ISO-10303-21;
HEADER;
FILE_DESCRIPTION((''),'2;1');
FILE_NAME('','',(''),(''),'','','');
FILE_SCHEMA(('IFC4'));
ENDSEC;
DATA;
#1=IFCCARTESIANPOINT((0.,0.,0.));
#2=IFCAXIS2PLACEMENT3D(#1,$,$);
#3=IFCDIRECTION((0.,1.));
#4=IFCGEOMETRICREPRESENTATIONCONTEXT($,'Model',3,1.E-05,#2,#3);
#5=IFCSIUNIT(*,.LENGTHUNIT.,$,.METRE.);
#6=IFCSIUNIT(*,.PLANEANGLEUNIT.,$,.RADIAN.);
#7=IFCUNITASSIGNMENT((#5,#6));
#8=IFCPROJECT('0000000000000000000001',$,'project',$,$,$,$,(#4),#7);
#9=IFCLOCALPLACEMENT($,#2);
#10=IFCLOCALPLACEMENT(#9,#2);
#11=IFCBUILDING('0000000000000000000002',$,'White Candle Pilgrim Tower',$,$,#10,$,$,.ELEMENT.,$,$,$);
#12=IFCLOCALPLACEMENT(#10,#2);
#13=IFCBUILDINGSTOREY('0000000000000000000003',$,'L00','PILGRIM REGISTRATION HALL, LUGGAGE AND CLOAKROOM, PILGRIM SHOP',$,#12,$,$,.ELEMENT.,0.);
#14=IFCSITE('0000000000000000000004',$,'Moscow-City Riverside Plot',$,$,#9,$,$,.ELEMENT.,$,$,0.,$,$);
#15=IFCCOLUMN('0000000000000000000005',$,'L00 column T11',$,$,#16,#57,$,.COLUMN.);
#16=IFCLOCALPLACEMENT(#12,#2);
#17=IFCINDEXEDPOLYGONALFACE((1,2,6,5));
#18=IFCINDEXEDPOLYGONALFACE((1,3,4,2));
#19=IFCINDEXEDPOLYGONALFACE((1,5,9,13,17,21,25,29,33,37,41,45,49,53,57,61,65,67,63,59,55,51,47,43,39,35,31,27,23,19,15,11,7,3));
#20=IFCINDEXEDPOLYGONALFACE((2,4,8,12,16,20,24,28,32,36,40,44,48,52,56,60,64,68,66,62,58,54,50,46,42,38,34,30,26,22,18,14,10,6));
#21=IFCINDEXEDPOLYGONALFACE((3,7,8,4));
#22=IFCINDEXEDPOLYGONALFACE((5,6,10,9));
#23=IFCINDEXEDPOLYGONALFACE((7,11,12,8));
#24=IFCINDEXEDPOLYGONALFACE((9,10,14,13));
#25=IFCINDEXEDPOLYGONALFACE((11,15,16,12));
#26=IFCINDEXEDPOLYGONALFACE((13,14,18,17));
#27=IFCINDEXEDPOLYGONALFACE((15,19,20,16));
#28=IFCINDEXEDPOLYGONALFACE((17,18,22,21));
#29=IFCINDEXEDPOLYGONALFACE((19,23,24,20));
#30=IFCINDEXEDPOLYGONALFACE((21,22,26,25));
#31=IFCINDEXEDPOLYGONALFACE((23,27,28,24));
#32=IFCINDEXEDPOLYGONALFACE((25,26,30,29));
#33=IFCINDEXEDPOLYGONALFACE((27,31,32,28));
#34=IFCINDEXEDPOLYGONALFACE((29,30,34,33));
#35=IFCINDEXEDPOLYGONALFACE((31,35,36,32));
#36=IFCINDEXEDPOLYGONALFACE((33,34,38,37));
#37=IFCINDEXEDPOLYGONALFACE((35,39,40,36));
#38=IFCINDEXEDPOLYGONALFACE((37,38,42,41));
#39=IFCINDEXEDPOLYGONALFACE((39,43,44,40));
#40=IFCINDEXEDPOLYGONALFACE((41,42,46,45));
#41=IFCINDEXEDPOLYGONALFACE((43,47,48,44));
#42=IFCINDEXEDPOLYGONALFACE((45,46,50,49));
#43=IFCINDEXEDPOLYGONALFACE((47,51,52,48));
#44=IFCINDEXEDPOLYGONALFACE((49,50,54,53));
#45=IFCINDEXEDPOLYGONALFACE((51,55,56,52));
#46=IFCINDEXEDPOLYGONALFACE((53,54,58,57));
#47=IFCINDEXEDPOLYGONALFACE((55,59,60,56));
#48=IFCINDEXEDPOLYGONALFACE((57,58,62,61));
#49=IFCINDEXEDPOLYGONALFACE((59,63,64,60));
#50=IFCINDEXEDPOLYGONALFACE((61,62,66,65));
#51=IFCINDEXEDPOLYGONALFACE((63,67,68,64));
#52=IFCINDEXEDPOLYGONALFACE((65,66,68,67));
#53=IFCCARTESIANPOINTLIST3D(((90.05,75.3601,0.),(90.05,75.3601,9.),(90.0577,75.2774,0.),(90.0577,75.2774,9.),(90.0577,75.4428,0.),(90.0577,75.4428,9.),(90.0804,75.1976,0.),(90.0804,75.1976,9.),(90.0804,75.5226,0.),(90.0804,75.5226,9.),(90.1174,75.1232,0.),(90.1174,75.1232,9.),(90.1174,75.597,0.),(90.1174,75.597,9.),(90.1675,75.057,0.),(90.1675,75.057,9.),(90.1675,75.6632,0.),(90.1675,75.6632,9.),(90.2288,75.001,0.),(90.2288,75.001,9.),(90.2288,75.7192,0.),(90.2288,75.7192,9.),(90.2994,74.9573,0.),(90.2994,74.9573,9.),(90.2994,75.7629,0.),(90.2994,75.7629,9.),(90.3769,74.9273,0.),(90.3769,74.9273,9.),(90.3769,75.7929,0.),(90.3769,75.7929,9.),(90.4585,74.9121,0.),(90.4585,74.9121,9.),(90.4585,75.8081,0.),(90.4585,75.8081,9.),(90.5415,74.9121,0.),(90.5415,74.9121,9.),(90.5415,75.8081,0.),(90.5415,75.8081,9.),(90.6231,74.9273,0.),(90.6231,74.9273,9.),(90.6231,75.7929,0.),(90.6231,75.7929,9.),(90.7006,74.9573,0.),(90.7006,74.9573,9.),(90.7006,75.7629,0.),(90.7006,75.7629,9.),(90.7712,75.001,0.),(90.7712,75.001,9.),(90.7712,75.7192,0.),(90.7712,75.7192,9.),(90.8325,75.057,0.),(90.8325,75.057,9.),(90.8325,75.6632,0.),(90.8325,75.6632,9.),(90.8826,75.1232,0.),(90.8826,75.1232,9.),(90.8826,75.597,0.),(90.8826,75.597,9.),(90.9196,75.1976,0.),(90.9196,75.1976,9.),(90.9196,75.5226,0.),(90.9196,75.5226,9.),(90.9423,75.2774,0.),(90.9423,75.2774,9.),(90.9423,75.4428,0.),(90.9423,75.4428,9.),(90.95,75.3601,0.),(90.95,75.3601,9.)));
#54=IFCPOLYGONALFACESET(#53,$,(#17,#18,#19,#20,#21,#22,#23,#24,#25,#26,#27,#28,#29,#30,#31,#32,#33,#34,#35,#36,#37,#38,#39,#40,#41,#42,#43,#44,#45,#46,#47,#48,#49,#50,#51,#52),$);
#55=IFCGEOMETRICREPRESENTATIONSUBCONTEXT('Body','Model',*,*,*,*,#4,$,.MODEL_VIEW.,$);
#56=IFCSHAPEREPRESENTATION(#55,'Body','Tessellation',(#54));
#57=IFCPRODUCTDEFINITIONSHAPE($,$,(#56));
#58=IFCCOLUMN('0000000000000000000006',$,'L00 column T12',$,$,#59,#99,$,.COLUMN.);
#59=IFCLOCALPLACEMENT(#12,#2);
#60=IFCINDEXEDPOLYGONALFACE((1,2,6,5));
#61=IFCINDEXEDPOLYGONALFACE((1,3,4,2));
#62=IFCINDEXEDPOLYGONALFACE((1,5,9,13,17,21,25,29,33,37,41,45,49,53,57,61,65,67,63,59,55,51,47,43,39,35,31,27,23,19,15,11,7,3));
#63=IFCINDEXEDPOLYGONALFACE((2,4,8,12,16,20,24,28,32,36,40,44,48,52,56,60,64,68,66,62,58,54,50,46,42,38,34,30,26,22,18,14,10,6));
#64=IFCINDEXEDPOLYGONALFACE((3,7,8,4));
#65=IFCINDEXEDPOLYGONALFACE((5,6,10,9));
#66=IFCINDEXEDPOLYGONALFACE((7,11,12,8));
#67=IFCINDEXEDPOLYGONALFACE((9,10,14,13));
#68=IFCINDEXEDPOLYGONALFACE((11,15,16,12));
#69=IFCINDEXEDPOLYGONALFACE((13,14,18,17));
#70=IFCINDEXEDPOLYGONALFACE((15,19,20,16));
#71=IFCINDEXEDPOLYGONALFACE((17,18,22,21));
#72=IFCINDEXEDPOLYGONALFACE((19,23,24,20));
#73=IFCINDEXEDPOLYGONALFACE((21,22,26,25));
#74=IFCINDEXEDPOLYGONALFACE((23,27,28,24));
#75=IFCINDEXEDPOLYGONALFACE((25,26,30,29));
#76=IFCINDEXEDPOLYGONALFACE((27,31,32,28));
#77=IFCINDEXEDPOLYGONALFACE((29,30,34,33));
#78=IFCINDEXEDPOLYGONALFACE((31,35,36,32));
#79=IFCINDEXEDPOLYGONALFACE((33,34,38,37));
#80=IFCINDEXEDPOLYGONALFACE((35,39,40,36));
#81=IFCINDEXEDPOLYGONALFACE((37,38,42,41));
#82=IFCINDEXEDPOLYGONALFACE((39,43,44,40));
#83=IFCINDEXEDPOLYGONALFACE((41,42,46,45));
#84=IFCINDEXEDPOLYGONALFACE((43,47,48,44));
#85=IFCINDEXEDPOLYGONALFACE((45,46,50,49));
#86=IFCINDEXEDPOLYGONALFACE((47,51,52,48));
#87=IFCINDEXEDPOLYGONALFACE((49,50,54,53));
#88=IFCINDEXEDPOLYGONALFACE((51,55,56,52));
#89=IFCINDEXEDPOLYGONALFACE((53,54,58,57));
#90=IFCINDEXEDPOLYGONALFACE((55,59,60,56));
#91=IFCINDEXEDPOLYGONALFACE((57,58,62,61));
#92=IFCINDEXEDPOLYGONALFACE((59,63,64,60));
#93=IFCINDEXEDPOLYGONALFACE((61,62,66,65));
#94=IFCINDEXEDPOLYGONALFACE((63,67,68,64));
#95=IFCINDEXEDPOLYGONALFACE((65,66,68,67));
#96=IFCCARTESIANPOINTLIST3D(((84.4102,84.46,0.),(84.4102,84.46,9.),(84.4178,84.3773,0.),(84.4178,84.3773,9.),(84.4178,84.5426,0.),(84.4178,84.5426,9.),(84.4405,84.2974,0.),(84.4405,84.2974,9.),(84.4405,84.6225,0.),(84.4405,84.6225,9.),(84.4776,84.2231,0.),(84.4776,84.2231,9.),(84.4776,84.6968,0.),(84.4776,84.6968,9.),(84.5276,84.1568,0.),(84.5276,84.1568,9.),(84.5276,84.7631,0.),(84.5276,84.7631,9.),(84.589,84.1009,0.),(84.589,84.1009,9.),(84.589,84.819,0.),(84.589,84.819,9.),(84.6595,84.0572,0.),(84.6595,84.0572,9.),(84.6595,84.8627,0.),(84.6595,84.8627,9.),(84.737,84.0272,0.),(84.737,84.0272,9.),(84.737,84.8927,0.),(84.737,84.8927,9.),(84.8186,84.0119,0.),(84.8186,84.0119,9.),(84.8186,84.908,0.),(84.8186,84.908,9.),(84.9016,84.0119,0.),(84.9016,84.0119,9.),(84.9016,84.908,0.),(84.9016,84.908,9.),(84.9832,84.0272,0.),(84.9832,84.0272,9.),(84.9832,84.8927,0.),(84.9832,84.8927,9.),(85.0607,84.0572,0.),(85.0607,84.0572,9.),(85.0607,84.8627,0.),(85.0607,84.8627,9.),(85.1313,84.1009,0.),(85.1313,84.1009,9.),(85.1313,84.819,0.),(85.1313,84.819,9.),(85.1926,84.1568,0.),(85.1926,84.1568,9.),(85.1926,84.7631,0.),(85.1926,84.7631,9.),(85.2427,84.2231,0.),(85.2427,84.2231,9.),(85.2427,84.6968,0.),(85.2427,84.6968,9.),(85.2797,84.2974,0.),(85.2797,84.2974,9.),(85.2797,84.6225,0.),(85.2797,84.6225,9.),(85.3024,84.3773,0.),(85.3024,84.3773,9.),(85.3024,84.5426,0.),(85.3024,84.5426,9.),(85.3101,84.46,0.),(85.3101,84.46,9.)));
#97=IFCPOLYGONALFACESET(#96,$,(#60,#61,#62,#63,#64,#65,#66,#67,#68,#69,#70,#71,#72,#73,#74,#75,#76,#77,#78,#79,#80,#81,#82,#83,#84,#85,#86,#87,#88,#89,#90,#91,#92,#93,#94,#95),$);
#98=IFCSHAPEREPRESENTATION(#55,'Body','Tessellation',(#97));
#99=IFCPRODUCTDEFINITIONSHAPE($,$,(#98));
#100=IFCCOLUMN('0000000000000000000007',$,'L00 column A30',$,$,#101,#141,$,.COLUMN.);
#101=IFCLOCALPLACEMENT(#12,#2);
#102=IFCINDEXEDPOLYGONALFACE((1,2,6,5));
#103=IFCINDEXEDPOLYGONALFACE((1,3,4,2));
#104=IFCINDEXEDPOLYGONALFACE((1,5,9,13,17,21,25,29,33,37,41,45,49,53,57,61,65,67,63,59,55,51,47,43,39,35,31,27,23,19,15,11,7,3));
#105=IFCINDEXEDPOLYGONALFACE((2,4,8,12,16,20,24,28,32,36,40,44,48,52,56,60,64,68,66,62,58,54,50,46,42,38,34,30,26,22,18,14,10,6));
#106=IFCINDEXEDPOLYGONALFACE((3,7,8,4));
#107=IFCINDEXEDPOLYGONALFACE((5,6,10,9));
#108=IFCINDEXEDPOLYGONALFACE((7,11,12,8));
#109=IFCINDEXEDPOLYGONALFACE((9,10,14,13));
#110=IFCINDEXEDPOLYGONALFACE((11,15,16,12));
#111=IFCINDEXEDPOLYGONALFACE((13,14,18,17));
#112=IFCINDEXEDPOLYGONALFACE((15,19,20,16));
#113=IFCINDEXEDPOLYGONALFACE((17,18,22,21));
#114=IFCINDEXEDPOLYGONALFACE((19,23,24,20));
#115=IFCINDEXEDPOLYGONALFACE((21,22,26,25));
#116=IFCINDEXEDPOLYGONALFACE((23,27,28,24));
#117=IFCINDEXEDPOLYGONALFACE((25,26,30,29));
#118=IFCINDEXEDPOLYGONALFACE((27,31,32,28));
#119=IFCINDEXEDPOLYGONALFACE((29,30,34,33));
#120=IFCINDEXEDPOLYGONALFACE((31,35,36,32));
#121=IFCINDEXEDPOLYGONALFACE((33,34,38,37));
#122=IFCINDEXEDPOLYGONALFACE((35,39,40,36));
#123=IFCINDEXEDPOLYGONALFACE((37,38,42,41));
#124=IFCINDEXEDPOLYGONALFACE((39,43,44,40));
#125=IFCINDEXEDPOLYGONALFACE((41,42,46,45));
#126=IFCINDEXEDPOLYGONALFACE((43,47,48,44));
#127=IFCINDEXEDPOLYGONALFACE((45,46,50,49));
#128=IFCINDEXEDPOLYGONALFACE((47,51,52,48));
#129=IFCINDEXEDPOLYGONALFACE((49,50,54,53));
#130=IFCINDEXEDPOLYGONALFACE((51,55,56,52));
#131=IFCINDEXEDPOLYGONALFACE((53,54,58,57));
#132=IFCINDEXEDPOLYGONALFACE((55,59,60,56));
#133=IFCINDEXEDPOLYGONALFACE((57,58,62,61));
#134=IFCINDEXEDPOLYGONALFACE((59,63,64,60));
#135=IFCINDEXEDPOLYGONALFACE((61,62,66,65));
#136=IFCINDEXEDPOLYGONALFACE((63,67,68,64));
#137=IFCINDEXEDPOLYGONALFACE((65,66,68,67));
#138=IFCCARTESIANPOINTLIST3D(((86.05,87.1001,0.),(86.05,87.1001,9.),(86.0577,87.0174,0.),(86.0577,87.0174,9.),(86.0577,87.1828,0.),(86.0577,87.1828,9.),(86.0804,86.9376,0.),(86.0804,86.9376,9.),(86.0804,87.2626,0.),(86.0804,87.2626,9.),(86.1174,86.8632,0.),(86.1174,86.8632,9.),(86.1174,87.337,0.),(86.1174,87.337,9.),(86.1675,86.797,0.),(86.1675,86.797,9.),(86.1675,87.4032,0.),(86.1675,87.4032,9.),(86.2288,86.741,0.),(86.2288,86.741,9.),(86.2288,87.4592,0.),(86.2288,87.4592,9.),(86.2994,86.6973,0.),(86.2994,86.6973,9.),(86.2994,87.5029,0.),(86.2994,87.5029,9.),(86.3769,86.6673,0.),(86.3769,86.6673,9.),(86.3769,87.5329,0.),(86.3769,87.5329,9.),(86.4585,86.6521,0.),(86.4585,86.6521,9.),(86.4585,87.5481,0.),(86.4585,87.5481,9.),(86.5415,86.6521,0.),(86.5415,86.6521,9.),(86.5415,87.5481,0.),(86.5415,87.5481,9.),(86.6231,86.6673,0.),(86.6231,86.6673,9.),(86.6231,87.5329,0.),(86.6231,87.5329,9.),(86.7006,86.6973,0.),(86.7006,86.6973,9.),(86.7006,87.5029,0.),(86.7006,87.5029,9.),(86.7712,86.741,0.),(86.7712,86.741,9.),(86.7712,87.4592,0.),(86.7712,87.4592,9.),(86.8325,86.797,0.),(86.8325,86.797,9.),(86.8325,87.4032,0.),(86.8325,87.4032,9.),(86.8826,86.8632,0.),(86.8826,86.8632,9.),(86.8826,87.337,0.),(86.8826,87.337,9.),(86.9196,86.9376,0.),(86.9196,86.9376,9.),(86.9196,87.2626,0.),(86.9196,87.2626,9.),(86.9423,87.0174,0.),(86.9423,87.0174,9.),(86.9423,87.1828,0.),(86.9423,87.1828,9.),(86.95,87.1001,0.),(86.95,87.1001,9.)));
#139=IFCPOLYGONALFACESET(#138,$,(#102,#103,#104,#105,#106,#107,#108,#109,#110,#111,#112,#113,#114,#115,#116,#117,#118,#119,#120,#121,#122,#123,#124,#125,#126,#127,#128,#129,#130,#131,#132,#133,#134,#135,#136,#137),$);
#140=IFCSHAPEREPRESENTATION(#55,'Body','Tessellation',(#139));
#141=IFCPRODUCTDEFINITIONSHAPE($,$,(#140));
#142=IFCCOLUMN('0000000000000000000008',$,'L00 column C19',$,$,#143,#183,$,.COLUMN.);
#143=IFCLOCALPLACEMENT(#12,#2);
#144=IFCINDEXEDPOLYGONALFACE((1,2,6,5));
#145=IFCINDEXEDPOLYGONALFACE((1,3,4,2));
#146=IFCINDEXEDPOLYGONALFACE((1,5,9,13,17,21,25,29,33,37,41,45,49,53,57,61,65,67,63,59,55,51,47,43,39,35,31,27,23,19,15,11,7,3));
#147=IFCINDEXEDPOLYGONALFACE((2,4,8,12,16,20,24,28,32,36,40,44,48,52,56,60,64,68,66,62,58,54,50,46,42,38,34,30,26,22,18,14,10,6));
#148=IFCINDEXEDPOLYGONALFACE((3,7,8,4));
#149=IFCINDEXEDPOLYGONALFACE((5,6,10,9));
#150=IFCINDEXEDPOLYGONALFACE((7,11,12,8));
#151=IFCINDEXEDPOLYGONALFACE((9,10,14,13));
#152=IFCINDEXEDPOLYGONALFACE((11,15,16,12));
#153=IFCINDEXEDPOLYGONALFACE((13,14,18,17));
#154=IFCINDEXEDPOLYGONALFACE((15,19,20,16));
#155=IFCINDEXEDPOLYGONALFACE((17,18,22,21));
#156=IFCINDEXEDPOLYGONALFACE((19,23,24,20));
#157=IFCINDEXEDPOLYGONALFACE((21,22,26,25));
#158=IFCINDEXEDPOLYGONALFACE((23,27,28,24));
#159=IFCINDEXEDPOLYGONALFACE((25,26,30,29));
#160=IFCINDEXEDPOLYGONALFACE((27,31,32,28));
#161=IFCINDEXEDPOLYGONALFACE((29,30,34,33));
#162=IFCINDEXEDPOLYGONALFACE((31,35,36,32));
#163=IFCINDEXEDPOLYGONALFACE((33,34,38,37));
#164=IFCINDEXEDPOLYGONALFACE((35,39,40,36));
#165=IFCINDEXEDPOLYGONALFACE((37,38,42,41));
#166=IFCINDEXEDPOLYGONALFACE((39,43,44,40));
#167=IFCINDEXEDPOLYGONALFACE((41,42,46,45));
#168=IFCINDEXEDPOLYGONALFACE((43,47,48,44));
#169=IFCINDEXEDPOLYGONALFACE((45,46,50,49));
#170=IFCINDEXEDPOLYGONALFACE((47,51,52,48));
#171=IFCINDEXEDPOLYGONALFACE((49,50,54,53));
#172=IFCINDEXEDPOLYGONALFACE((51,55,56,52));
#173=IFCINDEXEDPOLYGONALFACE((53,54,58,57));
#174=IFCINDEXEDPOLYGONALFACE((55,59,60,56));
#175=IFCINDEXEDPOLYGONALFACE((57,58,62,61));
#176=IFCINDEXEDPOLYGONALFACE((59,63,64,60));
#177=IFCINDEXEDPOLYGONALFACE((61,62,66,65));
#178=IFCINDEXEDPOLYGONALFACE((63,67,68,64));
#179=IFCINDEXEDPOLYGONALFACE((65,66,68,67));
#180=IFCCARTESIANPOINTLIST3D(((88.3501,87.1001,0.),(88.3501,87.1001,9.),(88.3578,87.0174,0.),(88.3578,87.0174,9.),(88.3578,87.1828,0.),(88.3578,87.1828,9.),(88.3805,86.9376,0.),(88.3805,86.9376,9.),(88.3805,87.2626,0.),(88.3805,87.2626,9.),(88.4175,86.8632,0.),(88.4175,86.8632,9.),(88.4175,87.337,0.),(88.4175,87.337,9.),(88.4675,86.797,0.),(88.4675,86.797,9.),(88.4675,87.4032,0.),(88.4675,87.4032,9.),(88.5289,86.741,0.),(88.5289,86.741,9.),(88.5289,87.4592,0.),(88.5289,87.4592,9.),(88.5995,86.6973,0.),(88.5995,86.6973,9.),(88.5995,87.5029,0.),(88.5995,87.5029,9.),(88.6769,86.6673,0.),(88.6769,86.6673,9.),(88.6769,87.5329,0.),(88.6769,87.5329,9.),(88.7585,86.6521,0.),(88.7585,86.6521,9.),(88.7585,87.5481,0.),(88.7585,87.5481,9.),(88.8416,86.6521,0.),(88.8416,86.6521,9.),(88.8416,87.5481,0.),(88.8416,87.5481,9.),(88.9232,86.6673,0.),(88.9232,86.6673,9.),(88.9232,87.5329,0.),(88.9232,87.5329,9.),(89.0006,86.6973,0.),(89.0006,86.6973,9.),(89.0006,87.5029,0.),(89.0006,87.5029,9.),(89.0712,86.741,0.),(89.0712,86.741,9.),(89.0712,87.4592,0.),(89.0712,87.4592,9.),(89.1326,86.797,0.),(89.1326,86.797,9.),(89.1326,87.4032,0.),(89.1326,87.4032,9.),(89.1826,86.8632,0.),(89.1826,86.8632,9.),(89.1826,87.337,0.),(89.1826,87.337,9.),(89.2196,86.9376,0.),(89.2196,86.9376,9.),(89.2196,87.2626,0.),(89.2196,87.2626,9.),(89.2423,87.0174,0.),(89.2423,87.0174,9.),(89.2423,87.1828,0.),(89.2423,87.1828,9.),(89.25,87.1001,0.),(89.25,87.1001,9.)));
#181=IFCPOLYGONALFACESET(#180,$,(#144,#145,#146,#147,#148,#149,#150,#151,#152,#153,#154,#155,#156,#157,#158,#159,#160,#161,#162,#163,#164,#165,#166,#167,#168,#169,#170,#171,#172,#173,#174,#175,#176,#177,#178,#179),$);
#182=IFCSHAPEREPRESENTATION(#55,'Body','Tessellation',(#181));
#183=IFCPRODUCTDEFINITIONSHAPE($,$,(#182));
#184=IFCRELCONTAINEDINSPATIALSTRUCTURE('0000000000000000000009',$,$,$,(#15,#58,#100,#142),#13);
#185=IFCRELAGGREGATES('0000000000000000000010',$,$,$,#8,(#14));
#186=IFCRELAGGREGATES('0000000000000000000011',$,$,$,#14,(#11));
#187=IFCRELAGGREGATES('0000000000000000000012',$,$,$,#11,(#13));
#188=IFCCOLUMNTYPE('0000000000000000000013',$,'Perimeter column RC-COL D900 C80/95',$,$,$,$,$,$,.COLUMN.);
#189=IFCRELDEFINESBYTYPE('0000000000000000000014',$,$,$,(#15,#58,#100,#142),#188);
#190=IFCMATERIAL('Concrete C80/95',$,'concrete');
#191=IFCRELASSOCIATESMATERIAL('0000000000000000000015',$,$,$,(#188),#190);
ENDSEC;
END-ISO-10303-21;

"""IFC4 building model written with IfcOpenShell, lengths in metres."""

from ifc_helpers import new_model, si_unit, direction, frame, origin, origin_2d, place, context, subcontext, project, spatial, circle, extrude, material, material_profile, profile_set, type_object, element, save


model = new_model("IFC4")

# Units and contexts
model_context = context("Model", 3, precision=1e-05, world=origin(), true_north=direction((0.0, 1.0)))
body_context = subcontext(model_context, "Body", "Model", "MODEL_VIEW")
ifc_project = project(units=[si_unit("LENGTHUNIT", "METRE"), si_unit("PLANEANGLEUNIT", "RADIAN")], contexts=[model_context])

# Site, building, storey
site_placement = place(None, origin())
site = spatial("IfcSite", under=ifc_project, at=site_placement, Name="Moscow-City Riverside Plot", CompositionType="ELEMENT", RefElevation=0.0)
building_placement = place(site_placement, origin())
building = spatial("IfcBuilding", under=site, at=building_placement, Name="White Candle Pilgrim Tower", CompositionType="ELEMENT")
storey_placement = place(building_placement, origin())
storey = spatial("IfcBuildingStorey", under=building, at=storey_placement, Name="L00", Description="PILGRIM REGISTRATION HALL, LUGGAGE AND CLOAKROOM, PILGRIM SHOP", CompositionType="ELEMENT", Elevation=0.0)

# Columns
ifc_material_1 = material(Name="Concrete C80/95", Category="concrete")
ifc_material_profile_1 = material_profile(ifc_material_1, circle(Radius=0.45, at=origin_2d()), Name="RC-COL D900")
ifc_profile_set_1 = profile_set([ifc_material_profile_1], Name="Concrete C80/95")
column_type = type_object("IfcColumnType", Name="Perimeter column RC-COL D900 C80/95", PredefinedType="COLUMN", material=ifc_profile_set_1)
for number, where, z_axis, x_axis, name in (
    (1, (90.5, 75.3601, 0.0), (0.0, 0.0, 1.0), (1.0, 0.0, 0.0), "L00 column T11"),
    (2, (84.8601, 84.46, 0.0), (0.0, 0.0, 1.0), (1.0, 0.0, 0.0), "L00 column T12"),
    (3, (86.5, 87.1001, 0.0), (0.0, 0.0, 1.0), (1.0, 0.0, 0.0), "L00 column A30"),
    (4, (88.8, 87.1001, 0.0), (0.0, 0.0, 1.0), (1.0, 0.0, 0.0), "L00 column C19"),
):
    element("IfcColumn", number, at=place(storey_placement, frame(where, z_axis=z_axis, x_axis=x_axis)), inside=storey, type_object=column_type, Name=name, PredefinedType="COLUMN", context=body_context, shape_type="SweptSolid", body=[
        extrude(circle(Radius=0.45, at=origin_2d()), origin(), (0.0, 0.0, 1.0), 9.0),
    ])

save(model, "model.ifc")
